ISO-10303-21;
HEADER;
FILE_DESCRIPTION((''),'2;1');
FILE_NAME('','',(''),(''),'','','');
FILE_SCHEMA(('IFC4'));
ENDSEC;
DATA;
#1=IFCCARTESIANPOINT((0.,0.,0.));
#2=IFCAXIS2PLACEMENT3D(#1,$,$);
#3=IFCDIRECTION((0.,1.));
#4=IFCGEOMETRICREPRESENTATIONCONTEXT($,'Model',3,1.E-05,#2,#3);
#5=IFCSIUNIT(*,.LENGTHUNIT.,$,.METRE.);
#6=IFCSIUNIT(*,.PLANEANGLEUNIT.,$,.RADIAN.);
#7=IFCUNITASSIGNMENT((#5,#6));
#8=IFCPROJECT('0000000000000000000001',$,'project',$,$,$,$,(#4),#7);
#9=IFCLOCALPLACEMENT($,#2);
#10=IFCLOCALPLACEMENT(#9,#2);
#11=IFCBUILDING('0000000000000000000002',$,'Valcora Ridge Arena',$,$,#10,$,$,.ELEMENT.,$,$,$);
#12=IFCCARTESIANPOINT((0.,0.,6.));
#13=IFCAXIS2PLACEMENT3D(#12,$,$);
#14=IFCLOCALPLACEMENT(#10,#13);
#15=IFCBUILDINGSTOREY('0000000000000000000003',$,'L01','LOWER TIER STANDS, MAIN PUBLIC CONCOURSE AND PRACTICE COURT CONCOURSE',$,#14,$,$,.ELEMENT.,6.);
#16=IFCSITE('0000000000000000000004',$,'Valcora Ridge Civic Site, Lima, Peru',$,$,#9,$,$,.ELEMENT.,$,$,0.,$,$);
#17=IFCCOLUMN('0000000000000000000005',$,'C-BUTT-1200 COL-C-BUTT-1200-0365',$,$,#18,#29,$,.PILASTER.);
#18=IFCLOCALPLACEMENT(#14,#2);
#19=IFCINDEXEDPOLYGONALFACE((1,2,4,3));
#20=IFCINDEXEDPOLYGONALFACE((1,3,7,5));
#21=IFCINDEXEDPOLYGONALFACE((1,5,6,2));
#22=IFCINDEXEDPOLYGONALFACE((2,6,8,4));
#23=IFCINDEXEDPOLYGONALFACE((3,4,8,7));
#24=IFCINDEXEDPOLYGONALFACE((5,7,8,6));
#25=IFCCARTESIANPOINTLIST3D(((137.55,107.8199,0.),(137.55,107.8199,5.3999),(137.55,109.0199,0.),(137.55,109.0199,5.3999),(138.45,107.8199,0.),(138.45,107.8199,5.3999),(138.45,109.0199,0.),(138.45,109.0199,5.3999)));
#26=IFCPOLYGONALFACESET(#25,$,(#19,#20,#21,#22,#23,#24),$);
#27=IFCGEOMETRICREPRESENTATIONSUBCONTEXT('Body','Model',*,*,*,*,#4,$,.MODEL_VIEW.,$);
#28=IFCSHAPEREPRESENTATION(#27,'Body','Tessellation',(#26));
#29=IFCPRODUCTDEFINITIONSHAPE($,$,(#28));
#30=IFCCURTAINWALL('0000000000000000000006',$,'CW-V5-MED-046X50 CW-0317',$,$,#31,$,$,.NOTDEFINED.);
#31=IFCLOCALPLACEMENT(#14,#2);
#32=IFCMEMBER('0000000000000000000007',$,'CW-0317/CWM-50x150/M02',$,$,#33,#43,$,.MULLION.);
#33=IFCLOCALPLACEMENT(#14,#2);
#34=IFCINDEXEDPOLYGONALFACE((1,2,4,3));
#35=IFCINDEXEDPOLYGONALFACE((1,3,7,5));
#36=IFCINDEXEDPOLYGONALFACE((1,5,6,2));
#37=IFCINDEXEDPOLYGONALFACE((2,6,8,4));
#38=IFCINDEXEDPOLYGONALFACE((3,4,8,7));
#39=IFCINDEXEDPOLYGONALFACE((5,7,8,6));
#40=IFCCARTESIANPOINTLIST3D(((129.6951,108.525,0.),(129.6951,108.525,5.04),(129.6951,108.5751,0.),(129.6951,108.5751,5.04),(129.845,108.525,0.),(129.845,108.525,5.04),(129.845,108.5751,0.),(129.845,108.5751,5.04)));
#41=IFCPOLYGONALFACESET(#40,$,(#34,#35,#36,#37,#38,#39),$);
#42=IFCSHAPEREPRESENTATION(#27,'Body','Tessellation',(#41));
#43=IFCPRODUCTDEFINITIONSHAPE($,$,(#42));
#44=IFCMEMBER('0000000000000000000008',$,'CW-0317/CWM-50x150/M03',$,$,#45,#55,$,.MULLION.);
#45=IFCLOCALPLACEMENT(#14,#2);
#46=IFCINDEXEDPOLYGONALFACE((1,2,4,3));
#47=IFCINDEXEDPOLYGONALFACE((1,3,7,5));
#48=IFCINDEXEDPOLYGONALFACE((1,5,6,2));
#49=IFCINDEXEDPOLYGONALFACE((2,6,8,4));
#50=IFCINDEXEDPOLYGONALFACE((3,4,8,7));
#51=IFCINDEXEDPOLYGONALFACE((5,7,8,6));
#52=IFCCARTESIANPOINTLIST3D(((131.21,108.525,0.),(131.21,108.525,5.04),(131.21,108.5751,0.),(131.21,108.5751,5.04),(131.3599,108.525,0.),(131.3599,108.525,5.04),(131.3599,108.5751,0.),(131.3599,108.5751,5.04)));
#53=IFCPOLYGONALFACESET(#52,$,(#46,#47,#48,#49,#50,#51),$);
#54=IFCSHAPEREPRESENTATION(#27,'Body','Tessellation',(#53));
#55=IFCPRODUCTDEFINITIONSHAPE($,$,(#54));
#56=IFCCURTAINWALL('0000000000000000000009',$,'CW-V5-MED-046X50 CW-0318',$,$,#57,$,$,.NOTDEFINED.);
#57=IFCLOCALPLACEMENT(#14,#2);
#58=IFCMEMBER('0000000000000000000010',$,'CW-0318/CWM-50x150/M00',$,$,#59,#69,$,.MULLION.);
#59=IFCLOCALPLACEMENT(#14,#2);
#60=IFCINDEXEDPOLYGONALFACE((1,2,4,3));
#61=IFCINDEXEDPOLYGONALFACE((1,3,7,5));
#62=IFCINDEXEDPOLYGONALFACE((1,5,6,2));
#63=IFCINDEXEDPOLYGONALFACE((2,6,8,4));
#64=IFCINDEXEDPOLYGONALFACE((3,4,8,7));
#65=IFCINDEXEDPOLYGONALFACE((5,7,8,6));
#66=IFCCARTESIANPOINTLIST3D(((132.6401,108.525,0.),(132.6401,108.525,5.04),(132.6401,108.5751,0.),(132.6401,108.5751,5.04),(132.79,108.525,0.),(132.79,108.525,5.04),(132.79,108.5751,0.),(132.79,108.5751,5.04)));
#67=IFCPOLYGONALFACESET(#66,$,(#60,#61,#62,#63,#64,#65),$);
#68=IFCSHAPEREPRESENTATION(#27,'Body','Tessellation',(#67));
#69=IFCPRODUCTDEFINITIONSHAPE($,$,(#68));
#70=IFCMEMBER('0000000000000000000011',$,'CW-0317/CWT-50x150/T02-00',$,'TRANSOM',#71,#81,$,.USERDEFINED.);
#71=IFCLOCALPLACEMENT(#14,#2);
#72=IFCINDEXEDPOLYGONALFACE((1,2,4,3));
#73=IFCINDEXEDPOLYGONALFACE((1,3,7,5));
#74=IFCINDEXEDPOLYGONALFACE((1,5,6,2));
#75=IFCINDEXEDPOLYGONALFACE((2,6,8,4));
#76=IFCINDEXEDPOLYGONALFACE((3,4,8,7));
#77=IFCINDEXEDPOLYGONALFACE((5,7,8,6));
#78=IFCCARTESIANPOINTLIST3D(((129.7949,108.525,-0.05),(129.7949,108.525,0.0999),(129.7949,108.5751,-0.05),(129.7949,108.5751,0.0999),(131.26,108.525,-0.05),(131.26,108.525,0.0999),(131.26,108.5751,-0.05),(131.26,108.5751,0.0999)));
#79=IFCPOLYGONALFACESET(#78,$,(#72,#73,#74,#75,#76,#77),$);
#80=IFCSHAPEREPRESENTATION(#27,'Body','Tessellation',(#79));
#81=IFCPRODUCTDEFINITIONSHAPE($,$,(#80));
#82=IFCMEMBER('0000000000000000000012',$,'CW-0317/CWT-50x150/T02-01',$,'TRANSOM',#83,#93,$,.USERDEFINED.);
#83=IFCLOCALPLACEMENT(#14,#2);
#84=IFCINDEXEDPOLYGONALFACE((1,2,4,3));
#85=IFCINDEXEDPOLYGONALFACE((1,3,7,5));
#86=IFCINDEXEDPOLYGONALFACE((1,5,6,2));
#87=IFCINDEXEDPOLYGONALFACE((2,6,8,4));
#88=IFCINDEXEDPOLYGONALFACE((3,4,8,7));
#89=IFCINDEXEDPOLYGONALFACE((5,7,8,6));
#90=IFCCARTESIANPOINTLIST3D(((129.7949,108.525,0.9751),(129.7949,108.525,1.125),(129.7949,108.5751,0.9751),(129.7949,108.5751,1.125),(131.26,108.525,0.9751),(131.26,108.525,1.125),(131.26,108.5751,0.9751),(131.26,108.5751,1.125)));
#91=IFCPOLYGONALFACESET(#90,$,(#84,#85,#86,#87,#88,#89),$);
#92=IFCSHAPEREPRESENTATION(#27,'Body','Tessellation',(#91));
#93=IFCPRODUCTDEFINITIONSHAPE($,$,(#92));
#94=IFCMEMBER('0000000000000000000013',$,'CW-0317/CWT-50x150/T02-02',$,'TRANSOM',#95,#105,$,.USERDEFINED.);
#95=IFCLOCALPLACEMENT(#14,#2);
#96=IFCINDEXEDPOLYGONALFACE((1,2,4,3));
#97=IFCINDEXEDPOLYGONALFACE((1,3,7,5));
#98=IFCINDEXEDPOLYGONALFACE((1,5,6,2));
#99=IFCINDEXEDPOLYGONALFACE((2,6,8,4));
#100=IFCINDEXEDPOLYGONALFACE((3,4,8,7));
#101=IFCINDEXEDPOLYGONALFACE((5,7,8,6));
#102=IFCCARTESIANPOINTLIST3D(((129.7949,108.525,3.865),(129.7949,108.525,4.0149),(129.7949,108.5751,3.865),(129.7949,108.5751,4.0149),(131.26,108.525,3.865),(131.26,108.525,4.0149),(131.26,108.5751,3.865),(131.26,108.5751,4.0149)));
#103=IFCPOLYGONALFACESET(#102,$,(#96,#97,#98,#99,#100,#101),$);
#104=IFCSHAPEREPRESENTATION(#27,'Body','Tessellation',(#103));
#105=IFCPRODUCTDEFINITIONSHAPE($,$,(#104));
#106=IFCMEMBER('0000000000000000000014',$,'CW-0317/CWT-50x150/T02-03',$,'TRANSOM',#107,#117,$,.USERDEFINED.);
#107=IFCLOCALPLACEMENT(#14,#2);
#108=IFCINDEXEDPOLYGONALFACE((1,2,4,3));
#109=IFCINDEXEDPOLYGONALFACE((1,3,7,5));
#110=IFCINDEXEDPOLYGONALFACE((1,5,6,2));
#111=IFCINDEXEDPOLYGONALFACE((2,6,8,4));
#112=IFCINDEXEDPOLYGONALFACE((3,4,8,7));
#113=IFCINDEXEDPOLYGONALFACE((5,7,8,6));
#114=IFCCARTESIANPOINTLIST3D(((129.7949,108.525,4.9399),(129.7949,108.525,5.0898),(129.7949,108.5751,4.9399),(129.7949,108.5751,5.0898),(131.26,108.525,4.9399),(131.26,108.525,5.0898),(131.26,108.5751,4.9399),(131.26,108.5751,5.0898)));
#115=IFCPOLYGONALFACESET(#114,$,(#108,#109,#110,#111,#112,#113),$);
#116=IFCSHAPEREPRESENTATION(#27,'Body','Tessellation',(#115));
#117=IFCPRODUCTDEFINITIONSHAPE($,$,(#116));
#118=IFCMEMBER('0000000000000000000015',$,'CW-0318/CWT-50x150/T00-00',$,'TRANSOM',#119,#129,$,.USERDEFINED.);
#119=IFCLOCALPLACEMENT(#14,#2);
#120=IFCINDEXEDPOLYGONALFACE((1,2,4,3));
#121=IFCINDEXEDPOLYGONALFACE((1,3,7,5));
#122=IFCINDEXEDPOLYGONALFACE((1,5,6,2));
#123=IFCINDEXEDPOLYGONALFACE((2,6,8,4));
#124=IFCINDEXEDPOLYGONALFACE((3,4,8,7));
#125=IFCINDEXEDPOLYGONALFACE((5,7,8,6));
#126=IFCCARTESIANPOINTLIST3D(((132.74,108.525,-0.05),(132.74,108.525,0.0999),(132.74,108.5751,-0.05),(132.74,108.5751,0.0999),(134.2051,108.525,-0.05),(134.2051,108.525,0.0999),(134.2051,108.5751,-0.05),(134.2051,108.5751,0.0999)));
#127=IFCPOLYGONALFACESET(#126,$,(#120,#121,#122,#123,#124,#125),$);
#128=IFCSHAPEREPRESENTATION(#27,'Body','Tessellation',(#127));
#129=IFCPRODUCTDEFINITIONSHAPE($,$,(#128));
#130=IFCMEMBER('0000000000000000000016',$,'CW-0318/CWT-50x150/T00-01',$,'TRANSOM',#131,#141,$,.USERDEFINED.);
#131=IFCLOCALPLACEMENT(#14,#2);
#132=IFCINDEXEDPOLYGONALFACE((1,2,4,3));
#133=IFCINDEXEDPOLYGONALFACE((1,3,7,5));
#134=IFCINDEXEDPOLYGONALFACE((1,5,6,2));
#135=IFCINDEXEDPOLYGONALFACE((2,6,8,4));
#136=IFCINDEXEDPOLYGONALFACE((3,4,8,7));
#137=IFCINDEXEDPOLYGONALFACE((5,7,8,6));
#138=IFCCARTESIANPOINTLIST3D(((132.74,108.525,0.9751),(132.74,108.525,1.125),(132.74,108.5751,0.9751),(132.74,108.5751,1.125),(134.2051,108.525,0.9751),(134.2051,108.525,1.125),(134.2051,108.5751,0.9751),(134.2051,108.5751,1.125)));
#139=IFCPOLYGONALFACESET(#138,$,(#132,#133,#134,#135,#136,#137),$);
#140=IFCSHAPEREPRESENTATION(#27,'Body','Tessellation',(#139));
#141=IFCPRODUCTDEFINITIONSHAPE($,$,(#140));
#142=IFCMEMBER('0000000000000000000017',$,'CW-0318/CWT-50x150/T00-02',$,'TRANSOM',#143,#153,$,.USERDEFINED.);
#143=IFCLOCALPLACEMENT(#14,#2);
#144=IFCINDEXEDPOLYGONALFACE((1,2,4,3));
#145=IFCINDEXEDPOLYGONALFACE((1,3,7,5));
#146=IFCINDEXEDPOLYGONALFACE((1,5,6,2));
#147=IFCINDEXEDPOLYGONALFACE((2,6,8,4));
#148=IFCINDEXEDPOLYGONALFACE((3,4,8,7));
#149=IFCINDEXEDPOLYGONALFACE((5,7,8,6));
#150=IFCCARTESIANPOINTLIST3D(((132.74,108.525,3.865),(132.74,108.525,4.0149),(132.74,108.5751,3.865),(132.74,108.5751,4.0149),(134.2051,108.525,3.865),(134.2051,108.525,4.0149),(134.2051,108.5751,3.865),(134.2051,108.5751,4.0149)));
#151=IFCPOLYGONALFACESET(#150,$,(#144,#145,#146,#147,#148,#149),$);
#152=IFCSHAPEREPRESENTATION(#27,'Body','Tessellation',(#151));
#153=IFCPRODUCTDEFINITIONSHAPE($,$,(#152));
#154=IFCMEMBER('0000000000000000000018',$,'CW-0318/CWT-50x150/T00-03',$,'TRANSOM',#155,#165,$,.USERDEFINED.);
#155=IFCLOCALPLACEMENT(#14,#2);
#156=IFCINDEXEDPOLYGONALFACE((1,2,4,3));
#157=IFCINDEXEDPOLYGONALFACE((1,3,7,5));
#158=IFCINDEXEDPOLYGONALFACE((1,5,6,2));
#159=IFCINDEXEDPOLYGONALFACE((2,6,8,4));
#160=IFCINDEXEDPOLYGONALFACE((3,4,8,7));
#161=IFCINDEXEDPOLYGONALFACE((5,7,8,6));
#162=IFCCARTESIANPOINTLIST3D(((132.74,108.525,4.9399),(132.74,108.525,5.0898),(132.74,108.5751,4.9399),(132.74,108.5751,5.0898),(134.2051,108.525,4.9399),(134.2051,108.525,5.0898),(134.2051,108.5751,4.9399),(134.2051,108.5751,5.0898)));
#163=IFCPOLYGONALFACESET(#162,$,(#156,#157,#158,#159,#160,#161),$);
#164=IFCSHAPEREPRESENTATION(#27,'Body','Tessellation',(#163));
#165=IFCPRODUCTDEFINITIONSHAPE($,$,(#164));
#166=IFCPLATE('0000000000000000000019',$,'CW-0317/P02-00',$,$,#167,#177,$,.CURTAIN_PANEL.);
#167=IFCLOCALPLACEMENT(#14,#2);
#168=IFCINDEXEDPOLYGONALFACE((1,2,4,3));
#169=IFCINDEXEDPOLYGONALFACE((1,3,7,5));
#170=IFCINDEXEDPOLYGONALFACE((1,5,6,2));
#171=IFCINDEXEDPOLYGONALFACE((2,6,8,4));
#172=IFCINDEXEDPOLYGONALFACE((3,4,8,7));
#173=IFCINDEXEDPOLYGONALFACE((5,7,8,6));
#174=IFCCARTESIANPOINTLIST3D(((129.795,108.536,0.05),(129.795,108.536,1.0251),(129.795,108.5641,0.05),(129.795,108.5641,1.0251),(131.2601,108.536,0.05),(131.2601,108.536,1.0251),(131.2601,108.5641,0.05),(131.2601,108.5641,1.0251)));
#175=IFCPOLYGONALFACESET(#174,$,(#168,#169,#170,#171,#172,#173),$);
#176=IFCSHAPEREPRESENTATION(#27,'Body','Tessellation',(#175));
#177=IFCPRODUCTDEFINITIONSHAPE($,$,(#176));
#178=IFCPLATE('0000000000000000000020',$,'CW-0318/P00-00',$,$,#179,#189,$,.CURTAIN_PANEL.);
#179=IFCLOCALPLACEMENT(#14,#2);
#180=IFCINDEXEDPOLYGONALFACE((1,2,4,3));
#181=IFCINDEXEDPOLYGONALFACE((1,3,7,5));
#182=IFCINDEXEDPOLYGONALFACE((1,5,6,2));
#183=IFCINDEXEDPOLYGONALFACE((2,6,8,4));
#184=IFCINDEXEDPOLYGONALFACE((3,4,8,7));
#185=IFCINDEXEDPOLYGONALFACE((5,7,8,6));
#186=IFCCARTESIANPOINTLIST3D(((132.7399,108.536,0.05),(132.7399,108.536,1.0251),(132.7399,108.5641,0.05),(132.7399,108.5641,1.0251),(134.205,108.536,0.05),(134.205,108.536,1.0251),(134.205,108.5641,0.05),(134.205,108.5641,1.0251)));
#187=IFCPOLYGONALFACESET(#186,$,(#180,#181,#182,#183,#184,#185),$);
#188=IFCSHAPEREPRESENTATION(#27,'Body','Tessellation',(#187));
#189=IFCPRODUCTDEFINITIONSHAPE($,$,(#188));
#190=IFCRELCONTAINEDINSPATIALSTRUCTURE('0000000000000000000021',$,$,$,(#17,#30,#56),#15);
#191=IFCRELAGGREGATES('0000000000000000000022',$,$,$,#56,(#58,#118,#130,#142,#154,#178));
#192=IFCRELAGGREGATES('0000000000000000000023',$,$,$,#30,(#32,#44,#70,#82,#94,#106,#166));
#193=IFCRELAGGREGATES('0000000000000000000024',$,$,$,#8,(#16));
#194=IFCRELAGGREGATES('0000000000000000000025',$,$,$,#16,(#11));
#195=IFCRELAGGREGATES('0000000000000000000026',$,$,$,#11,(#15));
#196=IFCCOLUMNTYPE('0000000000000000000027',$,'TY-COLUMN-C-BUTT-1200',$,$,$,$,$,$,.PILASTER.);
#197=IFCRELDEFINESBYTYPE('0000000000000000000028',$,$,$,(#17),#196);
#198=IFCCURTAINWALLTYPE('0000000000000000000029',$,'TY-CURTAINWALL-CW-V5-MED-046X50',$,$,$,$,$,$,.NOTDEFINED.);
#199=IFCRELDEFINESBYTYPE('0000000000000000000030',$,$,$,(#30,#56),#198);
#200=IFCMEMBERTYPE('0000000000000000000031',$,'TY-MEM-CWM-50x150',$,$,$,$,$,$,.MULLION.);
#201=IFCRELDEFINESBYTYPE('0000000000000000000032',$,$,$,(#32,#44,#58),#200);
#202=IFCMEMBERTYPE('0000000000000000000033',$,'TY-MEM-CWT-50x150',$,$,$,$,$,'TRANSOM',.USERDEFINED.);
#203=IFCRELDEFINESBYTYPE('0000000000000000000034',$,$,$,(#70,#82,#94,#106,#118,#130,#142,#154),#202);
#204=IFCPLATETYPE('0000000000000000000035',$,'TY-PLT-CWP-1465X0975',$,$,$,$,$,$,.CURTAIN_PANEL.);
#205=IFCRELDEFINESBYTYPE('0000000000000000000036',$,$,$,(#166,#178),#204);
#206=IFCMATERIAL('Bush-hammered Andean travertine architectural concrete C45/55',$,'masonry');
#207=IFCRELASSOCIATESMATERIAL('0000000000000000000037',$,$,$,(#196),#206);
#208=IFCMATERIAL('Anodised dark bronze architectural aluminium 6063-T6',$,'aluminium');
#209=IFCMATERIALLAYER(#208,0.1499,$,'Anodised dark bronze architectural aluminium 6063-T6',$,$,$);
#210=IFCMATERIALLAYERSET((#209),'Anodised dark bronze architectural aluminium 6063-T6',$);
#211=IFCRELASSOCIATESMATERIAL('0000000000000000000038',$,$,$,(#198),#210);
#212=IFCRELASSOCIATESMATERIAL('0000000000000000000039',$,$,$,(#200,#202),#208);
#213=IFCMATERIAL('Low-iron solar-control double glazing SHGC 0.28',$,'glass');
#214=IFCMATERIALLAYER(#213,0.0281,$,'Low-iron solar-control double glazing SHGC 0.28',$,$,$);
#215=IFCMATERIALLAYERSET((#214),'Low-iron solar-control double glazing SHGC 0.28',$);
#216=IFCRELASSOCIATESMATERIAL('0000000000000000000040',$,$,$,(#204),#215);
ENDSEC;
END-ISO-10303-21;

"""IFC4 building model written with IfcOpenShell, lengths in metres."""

from ifc_helpers import new_model, si_unit, direction, frame, origin, origin_2d, place, context, subcontext, project, spatial, rectangle, extrude, material, layer, layer_set, material_profile, profile_set, type_object, element, aggregate, save


model = new_model("IFC4")

# Units and contexts
model_context = context("Model", 3, precision=1e-05, world=origin(), true_north=direction((0.0, 1.0)))
body_context = subcontext(model_context, "Body", "Model", "MODEL_VIEW")
ifc_project = project(units=[si_unit("LENGTHUNIT", "METRE"), si_unit("PLANEANGLEUNIT", "RADIAN")], contexts=[model_context])

# Site, building, storey
site_placement = place(None, origin())
site = spatial("IfcSite", under=ifc_project, at=site_placement, Name="Valcora Ridge Civic Site, Lima, Peru", CompositionType="ELEMENT", RefElevation=0.0)
building_placement = place(site_placement, origin())
building = spatial("IfcBuilding", under=site, at=building_placement, Name="Valcora Ridge Arena", CompositionType="ELEMENT")
storey_placement = place(building_placement, frame((0.0, 0.0, 6.0)))
storey = spatial("IfcBuildingStorey", under=building, at=storey_placement, Name="L01", Description="LOWER TIER STANDS, MAIN PUBLIC CONCOURSE AND PRACTICE COURT CONCOURSE", CompositionType="ELEMENT", Elevation=6.0)

# Column
ifc_material_1 = material(Name="Bush-hammered Andean travertine architectural concrete C45/55", Category="masonry")
ifc_material_profile_1 = material_profile(ifc_material_1, rectangle(XDim=0.8999, YDim=1.2, at=origin_2d()), Name="RC 900x1200")
ifc_profile_set_1 = profile_set([ifc_material_profile_1], Name="Bush-hammered Andean travertine architectural concrete C45/55")
column_type = type_object("IfcColumnType", Name="TY-COLUMN-C-BUTT-1200", PredefinedType="PILASTER", material=ifc_profile_set_1)
column_placement = place(storey_placement, frame((138.0, 108.4199, 0.0), z_axis=(0.0, 0.0, 1.0), x_axis=(1.0, 0.0, 0.0)))
element("IfcColumn", 1, at=column_placement, inside=storey, type_object=column_type, Name="C-BUTT-1200 COL-C-BUTT-1200-0365", PredefinedType="PILASTER", context=body_context, shape_type="SweptSolid", body=[
    extrude(rectangle(XDim=0.8999, YDim=1.2, at=origin_2d()), origin(), (0.0, 0.0, 1.0), 5.3999),
])

# Curtain wall, members
ifc_material_2 = material(Name="Anodised dark bronze architectural aluminium 6063-T6", Category="aluminium")
ifc_layer_1 = layer(ifc_material_2, 0.1499, Name="Anodised dark bronze architectural aluminium 6063-T6")
ifc_layer_set_1 = layer_set([ifc_layer_1], Name="Anodised dark bronze architectural aluminium 6063-T6")
curtain_wall_type = type_object("IfcCurtainWallType", Name="TY-CURTAINWALL-CW-V5-MED-046X50", PredefinedType="NOTDEFINED", material=ifc_layer_set_1)
curtain_wall_1_placement = place(storey_placement, origin())
curtain_wall_1 = element("IfcCurtainWall", 2, at=curtain_wall_1_placement, inside=storey, type_object=curtain_wall_type, Name="CW-V5-MED-046X50 CW-0317", PredefinedType="NOTDEFINED")
ifc_material_profile_2 = material_profile(ifc_material_2, rectangle(XDim=0.05, YDim=0.1499, at=origin_2d()), Name="ALU MULLION 50x150")
ifc_profile_set_2 = profile_set([ifc_material_profile_2], Name="Anodised dark bronze architectural aluminium 6063-T6")
member_type_1 = type_object("IfcMemberType", Name="TY-MEM-CWM-50x150", PredefinedType="MULLION", material=ifc_profile_set_2)
member_1_placement = place(storey_placement, frame((129.77, 108.55, 0.0), z_axis=(0.0, 0.0, 1.0), x_axis=(0.0, 1.0, 0.0)))
member_1 = element("IfcMember", 3, at=member_1_placement, type_object=member_type_1, Name="CW-0317/CWM-50x150/M02", PredefinedType="MULLION", context=body_context, shape_type="SweptSolid", body=[
    extrude(rectangle(XDim=0.05, YDim=0.1499, at=origin_2d()), origin(), (0.0, 0.0, 1.0), 5.04),
])
member_2_placement = place(storey_placement, frame((131.2849, 108.55, 0.0), z_axis=(0.0, 0.0, 1.0), x_axis=(0.0, 1.0, 0.0)))
member_2 = element("IfcMember", 4, at=member_2_placement, type_object=member_type_1, Name="CW-0317/CWM-50x150/M03", PredefinedType="MULLION", context=body_context, shape_type="SweptSolid", body=[
    extrude(rectangle(XDim=0.05, YDim=0.1499, at=origin_2d()), origin(), (0.0, 0.0, 1.0), 5.04),
])

# Curtain wall, member
curtain_wall_2_placement = place(storey_placement, origin())
curtain_wall_2 = element("IfcCurtainWall", 5, at=curtain_wall_2_placement, inside=storey, type_object=curtain_wall_type, Name="CW-V5-MED-046X50 CW-0318", PredefinedType="NOTDEFINED")
member_3_placement = place(storey_placement, frame((132.7151, 108.55, 0.0), z_axis=(0.0, 0.0, 1.0), x_axis=(0.0, 1.0, 0.0)))
member_3 = element("IfcMember", 6, at=member_3_placement, type_object=member_type_1, Name="CW-0318/CWM-50x150/M00", PredefinedType="MULLION", context=body_context, shape_type="SweptSolid", body=[
    extrude(rectangle(XDim=0.05, YDim=0.1499, at=origin_2d()), origin(), (0.0, 0.0, 1.0), 5.04),
])

# Members
ifc_material_profile_3 = material_profile(ifc_material_2, rectangle(XDim=0.05, YDim=0.1499, at=origin_2d()), Name="ALU TRANSOM 50x150")
ifc_profile_set_3 = profile_set([ifc_material_profile_3], Name="Anodised dark bronze architectural aluminium 6063-T6")
member_type_2 = type_object("IfcMemberType", Name="TY-MEM-CWT-50x150", ElementType="TRANSOM", PredefinedType="USERDEFINED", material=ifc_profile_set_3)
member_4_placement = place(storey_placement, frame((129.7949, 108.55, 0.0249), z_axis=(1.0, 0.0, 0.0), x_axis=(0.0, 1.0, 0.0)))
member_4 = element("IfcMember", 7, at=member_4_placement, type_object=member_type_2, Name="CW-0317/CWT-50x150/T02-00", ObjectType="TRANSOM", PredefinedType="USERDEFINED", context=body_context, shape_type="SweptSolid", body=[
    extrude(rectangle(XDim=0.05, YDim=0.1499, at=origin_2d()), origin(), (0.0, 0.0, 1.0), 1.4651),
])
member_5_placement = place(storey_placement, frame((129.7949, 108.55, 1.05), z_axis=(1.0, 0.0, 0.0), x_axis=(0.0, 1.0, 0.0)))
member_5 = element("IfcMember", 8, at=member_5_placement, type_object=member_type_2, Name="CW-0317/CWT-50x150/T02-01", ObjectType="TRANSOM", PredefinedType="USERDEFINED", context=body_context, shape_type="SweptSolid", body=[
    extrude(rectangle(XDim=0.05, YDim=0.1499, at=origin_2d()), origin(), (0.0, 0.0, 1.0), 1.4651),
])
member_6_placement = place(storey_placement, frame((129.7949, 108.55, 3.9399), z_axis=(1.0, 0.0, 0.0), x_axis=(0.0, 1.0, 0.0)))
member_6 = element("IfcMember", 9, at=member_6_placement, type_object=member_type_2, Name="CW-0317/CWT-50x150/T02-02", ObjectType="TRANSOM", PredefinedType="USERDEFINED", context=body_context, shape_type="SweptSolid", body=[
    extrude(rectangle(XDim=0.05, YDim=0.1499, at=origin_2d()), origin(), (0.0, 0.0, 1.0), 1.4651),
])
member_7_placement = place(storey_placement, frame((129.7949, 108.55, 5.0149), z_axis=(1.0, 0.0, 0.0), x_axis=(0.0, 1.0, 0.0)))
member_7 = element("IfcMember", 10, at=member_7_placement, type_object=member_type_2, Name="CW-0317/CWT-50x150/T02-03", ObjectType="TRANSOM", PredefinedType="USERDEFINED", context=body_context, shape_type="SweptSolid", body=[
    extrude(rectangle(XDim=0.05, YDim=0.1499, at=origin_2d()), origin(), (0.0, 0.0, 1.0), 1.4651),
])
member_8_placement = place(storey_placement, frame((132.74, 108.55, 0.0249), z_axis=(1.0, 0.0, 0.0), x_axis=(0.0, 1.0, 0.0)))
member_8 = element("IfcMember", 11, at=member_8_placement, type_object=member_type_2, Name="CW-0318/CWT-50x150/T00-00", ObjectType="TRANSOM", PredefinedType="USERDEFINED", context=body_context, shape_type="SweptSolid", body=[
    extrude(rectangle(XDim=0.05, YDim=0.1499, at=origin_2d()), origin(), (0.0, 0.0, 1.0), 1.4651),
])
member_9_placement = place(storey_placement, frame((132.74, 108.55, 1.05), z_axis=(1.0, 0.0, 0.0), x_axis=(0.0, 1.0, 0.0)))
member_9 = element("IfcMember", 12, at=member_9_placement, type_object=member_type_2, Name="CW-0318/CWT-50x150/T00-01", ObjectType="TRANSOM", PredefinedType="USERDEFINED", context=body_context, shape_type="SweptSolid", body=[
    extrude(rectangle(XDim=0.05, YDim=0.1499, at=origin_2d()), origin(), (0.0, 0.0, 1.0), 1.4651),
])
member_10_placement = place(storey_placement, frame((132.74, 108.55, 3.9399), z_axis=(1.0, 0.0, 0.0), x_axis=(0.0, 1.0, 0.0)))
member_10 = element("IfcMember", 13, at=member_10_placement, type_object=member_type_2, Name="CW-0318/CWT-50x150/T00-02", ObjectType="TRANSOM", PredefinedType="USERDEFINED", context=body_context, shape_type="SweptSolid", body=[
    extrude(rectangle(XDim=0.05, YDim=0.1499, at=origin_2d()), origin(), (0.0, 0.0, 1.0), 1.4651),
])
member_11_placement = place(storey_placement, frame((132.74, 108.55, 5.0149), z_axis=(1.0, 0.0, 0.0), x_axis=(0.0, 1.0, 0.0)))
member_11 = element("IfcMember", 14, at=member_11_placement, type_object=member_type_2, Name="CW-0318/CWT-50x150/T00-03", ObjectType="TRANSOM", PredefinedType="USERDEFINED", context=body_context, shape_type="SweptSolid", body=[
    extrude(rectangle(XDim=0.05, YDim=0.1499, at=origin_2d()), origin(), (0.0, 0.0, 1.0), 1.4651),
])

# Plates
ifc_material_3 = material(Name="Low-iron solar-control double glazing SHGC 0.28", Category="glass")
ifc_layer_2 = layer(ifc_material_3, 0.0281, Name="Low-iron solar-control double glazing SHGC 0.28")
ifc_layer_set_2 = layer_set([ifc_layer_2], Name="Low-iron solar-control double glazing SHGC 0.28")
plate_type_1 = type_object("IfcPlateType", Name="TY-PLT-CWP-1465X0975", PredefinedType="CURTAIN_PANEL", material=ifc_layer_set_2)
plate_1_placement = place(storey_placement, frame((130.5276, 108.55, 0.05), z_axis=(0.0, 0.0, 1.0), x_axis=(1.0, 0.0, 0.0)))
plate_1 = element("IfcPlate", 15, at=plate_1_placement, type_object=plate_type_1, Name="CW-0317/P02-00", PredefinedType="CURTAIN_PANEL", context=body_context, shape_type="SweptSolid", body=[
    extrude(rectangle(XDim=1.4651, YDim=0.0281, at=origin_2d()), origin(), (0.0, 0.0, 1.0), 0.9751),
])
plate_2_placement = place(storey_placement, frame((133.4724, 108.55, 0.05), z_axis=(0.0, 0.0, 1.0), x_axis=(1.0, 0.0, 0.0)))
plate_2 = element("IfcPlate", 16, at=plate_2_placement, type_object=plate_type_1, Name="CW-0318/P00-00", PredefinedType="CURTAIN_PANEL", context=body_context, shape_type="SweptSolid", body=[
    extrude(rectangle(XDim=1.4651, YDim=0.0281, at=origin_2d()), origin(), (0.0, 0.0, 1.0), 0.9751),
])
aggregate(curtain_wall_2, [member_3, member_8, member_9, member_10, member_11, plate_2])
aggregate(curtain_wall_1, [member_1, member_2, member_4, member_5, member_6, member_7, plate_1])

save(model, "model.ifc")
